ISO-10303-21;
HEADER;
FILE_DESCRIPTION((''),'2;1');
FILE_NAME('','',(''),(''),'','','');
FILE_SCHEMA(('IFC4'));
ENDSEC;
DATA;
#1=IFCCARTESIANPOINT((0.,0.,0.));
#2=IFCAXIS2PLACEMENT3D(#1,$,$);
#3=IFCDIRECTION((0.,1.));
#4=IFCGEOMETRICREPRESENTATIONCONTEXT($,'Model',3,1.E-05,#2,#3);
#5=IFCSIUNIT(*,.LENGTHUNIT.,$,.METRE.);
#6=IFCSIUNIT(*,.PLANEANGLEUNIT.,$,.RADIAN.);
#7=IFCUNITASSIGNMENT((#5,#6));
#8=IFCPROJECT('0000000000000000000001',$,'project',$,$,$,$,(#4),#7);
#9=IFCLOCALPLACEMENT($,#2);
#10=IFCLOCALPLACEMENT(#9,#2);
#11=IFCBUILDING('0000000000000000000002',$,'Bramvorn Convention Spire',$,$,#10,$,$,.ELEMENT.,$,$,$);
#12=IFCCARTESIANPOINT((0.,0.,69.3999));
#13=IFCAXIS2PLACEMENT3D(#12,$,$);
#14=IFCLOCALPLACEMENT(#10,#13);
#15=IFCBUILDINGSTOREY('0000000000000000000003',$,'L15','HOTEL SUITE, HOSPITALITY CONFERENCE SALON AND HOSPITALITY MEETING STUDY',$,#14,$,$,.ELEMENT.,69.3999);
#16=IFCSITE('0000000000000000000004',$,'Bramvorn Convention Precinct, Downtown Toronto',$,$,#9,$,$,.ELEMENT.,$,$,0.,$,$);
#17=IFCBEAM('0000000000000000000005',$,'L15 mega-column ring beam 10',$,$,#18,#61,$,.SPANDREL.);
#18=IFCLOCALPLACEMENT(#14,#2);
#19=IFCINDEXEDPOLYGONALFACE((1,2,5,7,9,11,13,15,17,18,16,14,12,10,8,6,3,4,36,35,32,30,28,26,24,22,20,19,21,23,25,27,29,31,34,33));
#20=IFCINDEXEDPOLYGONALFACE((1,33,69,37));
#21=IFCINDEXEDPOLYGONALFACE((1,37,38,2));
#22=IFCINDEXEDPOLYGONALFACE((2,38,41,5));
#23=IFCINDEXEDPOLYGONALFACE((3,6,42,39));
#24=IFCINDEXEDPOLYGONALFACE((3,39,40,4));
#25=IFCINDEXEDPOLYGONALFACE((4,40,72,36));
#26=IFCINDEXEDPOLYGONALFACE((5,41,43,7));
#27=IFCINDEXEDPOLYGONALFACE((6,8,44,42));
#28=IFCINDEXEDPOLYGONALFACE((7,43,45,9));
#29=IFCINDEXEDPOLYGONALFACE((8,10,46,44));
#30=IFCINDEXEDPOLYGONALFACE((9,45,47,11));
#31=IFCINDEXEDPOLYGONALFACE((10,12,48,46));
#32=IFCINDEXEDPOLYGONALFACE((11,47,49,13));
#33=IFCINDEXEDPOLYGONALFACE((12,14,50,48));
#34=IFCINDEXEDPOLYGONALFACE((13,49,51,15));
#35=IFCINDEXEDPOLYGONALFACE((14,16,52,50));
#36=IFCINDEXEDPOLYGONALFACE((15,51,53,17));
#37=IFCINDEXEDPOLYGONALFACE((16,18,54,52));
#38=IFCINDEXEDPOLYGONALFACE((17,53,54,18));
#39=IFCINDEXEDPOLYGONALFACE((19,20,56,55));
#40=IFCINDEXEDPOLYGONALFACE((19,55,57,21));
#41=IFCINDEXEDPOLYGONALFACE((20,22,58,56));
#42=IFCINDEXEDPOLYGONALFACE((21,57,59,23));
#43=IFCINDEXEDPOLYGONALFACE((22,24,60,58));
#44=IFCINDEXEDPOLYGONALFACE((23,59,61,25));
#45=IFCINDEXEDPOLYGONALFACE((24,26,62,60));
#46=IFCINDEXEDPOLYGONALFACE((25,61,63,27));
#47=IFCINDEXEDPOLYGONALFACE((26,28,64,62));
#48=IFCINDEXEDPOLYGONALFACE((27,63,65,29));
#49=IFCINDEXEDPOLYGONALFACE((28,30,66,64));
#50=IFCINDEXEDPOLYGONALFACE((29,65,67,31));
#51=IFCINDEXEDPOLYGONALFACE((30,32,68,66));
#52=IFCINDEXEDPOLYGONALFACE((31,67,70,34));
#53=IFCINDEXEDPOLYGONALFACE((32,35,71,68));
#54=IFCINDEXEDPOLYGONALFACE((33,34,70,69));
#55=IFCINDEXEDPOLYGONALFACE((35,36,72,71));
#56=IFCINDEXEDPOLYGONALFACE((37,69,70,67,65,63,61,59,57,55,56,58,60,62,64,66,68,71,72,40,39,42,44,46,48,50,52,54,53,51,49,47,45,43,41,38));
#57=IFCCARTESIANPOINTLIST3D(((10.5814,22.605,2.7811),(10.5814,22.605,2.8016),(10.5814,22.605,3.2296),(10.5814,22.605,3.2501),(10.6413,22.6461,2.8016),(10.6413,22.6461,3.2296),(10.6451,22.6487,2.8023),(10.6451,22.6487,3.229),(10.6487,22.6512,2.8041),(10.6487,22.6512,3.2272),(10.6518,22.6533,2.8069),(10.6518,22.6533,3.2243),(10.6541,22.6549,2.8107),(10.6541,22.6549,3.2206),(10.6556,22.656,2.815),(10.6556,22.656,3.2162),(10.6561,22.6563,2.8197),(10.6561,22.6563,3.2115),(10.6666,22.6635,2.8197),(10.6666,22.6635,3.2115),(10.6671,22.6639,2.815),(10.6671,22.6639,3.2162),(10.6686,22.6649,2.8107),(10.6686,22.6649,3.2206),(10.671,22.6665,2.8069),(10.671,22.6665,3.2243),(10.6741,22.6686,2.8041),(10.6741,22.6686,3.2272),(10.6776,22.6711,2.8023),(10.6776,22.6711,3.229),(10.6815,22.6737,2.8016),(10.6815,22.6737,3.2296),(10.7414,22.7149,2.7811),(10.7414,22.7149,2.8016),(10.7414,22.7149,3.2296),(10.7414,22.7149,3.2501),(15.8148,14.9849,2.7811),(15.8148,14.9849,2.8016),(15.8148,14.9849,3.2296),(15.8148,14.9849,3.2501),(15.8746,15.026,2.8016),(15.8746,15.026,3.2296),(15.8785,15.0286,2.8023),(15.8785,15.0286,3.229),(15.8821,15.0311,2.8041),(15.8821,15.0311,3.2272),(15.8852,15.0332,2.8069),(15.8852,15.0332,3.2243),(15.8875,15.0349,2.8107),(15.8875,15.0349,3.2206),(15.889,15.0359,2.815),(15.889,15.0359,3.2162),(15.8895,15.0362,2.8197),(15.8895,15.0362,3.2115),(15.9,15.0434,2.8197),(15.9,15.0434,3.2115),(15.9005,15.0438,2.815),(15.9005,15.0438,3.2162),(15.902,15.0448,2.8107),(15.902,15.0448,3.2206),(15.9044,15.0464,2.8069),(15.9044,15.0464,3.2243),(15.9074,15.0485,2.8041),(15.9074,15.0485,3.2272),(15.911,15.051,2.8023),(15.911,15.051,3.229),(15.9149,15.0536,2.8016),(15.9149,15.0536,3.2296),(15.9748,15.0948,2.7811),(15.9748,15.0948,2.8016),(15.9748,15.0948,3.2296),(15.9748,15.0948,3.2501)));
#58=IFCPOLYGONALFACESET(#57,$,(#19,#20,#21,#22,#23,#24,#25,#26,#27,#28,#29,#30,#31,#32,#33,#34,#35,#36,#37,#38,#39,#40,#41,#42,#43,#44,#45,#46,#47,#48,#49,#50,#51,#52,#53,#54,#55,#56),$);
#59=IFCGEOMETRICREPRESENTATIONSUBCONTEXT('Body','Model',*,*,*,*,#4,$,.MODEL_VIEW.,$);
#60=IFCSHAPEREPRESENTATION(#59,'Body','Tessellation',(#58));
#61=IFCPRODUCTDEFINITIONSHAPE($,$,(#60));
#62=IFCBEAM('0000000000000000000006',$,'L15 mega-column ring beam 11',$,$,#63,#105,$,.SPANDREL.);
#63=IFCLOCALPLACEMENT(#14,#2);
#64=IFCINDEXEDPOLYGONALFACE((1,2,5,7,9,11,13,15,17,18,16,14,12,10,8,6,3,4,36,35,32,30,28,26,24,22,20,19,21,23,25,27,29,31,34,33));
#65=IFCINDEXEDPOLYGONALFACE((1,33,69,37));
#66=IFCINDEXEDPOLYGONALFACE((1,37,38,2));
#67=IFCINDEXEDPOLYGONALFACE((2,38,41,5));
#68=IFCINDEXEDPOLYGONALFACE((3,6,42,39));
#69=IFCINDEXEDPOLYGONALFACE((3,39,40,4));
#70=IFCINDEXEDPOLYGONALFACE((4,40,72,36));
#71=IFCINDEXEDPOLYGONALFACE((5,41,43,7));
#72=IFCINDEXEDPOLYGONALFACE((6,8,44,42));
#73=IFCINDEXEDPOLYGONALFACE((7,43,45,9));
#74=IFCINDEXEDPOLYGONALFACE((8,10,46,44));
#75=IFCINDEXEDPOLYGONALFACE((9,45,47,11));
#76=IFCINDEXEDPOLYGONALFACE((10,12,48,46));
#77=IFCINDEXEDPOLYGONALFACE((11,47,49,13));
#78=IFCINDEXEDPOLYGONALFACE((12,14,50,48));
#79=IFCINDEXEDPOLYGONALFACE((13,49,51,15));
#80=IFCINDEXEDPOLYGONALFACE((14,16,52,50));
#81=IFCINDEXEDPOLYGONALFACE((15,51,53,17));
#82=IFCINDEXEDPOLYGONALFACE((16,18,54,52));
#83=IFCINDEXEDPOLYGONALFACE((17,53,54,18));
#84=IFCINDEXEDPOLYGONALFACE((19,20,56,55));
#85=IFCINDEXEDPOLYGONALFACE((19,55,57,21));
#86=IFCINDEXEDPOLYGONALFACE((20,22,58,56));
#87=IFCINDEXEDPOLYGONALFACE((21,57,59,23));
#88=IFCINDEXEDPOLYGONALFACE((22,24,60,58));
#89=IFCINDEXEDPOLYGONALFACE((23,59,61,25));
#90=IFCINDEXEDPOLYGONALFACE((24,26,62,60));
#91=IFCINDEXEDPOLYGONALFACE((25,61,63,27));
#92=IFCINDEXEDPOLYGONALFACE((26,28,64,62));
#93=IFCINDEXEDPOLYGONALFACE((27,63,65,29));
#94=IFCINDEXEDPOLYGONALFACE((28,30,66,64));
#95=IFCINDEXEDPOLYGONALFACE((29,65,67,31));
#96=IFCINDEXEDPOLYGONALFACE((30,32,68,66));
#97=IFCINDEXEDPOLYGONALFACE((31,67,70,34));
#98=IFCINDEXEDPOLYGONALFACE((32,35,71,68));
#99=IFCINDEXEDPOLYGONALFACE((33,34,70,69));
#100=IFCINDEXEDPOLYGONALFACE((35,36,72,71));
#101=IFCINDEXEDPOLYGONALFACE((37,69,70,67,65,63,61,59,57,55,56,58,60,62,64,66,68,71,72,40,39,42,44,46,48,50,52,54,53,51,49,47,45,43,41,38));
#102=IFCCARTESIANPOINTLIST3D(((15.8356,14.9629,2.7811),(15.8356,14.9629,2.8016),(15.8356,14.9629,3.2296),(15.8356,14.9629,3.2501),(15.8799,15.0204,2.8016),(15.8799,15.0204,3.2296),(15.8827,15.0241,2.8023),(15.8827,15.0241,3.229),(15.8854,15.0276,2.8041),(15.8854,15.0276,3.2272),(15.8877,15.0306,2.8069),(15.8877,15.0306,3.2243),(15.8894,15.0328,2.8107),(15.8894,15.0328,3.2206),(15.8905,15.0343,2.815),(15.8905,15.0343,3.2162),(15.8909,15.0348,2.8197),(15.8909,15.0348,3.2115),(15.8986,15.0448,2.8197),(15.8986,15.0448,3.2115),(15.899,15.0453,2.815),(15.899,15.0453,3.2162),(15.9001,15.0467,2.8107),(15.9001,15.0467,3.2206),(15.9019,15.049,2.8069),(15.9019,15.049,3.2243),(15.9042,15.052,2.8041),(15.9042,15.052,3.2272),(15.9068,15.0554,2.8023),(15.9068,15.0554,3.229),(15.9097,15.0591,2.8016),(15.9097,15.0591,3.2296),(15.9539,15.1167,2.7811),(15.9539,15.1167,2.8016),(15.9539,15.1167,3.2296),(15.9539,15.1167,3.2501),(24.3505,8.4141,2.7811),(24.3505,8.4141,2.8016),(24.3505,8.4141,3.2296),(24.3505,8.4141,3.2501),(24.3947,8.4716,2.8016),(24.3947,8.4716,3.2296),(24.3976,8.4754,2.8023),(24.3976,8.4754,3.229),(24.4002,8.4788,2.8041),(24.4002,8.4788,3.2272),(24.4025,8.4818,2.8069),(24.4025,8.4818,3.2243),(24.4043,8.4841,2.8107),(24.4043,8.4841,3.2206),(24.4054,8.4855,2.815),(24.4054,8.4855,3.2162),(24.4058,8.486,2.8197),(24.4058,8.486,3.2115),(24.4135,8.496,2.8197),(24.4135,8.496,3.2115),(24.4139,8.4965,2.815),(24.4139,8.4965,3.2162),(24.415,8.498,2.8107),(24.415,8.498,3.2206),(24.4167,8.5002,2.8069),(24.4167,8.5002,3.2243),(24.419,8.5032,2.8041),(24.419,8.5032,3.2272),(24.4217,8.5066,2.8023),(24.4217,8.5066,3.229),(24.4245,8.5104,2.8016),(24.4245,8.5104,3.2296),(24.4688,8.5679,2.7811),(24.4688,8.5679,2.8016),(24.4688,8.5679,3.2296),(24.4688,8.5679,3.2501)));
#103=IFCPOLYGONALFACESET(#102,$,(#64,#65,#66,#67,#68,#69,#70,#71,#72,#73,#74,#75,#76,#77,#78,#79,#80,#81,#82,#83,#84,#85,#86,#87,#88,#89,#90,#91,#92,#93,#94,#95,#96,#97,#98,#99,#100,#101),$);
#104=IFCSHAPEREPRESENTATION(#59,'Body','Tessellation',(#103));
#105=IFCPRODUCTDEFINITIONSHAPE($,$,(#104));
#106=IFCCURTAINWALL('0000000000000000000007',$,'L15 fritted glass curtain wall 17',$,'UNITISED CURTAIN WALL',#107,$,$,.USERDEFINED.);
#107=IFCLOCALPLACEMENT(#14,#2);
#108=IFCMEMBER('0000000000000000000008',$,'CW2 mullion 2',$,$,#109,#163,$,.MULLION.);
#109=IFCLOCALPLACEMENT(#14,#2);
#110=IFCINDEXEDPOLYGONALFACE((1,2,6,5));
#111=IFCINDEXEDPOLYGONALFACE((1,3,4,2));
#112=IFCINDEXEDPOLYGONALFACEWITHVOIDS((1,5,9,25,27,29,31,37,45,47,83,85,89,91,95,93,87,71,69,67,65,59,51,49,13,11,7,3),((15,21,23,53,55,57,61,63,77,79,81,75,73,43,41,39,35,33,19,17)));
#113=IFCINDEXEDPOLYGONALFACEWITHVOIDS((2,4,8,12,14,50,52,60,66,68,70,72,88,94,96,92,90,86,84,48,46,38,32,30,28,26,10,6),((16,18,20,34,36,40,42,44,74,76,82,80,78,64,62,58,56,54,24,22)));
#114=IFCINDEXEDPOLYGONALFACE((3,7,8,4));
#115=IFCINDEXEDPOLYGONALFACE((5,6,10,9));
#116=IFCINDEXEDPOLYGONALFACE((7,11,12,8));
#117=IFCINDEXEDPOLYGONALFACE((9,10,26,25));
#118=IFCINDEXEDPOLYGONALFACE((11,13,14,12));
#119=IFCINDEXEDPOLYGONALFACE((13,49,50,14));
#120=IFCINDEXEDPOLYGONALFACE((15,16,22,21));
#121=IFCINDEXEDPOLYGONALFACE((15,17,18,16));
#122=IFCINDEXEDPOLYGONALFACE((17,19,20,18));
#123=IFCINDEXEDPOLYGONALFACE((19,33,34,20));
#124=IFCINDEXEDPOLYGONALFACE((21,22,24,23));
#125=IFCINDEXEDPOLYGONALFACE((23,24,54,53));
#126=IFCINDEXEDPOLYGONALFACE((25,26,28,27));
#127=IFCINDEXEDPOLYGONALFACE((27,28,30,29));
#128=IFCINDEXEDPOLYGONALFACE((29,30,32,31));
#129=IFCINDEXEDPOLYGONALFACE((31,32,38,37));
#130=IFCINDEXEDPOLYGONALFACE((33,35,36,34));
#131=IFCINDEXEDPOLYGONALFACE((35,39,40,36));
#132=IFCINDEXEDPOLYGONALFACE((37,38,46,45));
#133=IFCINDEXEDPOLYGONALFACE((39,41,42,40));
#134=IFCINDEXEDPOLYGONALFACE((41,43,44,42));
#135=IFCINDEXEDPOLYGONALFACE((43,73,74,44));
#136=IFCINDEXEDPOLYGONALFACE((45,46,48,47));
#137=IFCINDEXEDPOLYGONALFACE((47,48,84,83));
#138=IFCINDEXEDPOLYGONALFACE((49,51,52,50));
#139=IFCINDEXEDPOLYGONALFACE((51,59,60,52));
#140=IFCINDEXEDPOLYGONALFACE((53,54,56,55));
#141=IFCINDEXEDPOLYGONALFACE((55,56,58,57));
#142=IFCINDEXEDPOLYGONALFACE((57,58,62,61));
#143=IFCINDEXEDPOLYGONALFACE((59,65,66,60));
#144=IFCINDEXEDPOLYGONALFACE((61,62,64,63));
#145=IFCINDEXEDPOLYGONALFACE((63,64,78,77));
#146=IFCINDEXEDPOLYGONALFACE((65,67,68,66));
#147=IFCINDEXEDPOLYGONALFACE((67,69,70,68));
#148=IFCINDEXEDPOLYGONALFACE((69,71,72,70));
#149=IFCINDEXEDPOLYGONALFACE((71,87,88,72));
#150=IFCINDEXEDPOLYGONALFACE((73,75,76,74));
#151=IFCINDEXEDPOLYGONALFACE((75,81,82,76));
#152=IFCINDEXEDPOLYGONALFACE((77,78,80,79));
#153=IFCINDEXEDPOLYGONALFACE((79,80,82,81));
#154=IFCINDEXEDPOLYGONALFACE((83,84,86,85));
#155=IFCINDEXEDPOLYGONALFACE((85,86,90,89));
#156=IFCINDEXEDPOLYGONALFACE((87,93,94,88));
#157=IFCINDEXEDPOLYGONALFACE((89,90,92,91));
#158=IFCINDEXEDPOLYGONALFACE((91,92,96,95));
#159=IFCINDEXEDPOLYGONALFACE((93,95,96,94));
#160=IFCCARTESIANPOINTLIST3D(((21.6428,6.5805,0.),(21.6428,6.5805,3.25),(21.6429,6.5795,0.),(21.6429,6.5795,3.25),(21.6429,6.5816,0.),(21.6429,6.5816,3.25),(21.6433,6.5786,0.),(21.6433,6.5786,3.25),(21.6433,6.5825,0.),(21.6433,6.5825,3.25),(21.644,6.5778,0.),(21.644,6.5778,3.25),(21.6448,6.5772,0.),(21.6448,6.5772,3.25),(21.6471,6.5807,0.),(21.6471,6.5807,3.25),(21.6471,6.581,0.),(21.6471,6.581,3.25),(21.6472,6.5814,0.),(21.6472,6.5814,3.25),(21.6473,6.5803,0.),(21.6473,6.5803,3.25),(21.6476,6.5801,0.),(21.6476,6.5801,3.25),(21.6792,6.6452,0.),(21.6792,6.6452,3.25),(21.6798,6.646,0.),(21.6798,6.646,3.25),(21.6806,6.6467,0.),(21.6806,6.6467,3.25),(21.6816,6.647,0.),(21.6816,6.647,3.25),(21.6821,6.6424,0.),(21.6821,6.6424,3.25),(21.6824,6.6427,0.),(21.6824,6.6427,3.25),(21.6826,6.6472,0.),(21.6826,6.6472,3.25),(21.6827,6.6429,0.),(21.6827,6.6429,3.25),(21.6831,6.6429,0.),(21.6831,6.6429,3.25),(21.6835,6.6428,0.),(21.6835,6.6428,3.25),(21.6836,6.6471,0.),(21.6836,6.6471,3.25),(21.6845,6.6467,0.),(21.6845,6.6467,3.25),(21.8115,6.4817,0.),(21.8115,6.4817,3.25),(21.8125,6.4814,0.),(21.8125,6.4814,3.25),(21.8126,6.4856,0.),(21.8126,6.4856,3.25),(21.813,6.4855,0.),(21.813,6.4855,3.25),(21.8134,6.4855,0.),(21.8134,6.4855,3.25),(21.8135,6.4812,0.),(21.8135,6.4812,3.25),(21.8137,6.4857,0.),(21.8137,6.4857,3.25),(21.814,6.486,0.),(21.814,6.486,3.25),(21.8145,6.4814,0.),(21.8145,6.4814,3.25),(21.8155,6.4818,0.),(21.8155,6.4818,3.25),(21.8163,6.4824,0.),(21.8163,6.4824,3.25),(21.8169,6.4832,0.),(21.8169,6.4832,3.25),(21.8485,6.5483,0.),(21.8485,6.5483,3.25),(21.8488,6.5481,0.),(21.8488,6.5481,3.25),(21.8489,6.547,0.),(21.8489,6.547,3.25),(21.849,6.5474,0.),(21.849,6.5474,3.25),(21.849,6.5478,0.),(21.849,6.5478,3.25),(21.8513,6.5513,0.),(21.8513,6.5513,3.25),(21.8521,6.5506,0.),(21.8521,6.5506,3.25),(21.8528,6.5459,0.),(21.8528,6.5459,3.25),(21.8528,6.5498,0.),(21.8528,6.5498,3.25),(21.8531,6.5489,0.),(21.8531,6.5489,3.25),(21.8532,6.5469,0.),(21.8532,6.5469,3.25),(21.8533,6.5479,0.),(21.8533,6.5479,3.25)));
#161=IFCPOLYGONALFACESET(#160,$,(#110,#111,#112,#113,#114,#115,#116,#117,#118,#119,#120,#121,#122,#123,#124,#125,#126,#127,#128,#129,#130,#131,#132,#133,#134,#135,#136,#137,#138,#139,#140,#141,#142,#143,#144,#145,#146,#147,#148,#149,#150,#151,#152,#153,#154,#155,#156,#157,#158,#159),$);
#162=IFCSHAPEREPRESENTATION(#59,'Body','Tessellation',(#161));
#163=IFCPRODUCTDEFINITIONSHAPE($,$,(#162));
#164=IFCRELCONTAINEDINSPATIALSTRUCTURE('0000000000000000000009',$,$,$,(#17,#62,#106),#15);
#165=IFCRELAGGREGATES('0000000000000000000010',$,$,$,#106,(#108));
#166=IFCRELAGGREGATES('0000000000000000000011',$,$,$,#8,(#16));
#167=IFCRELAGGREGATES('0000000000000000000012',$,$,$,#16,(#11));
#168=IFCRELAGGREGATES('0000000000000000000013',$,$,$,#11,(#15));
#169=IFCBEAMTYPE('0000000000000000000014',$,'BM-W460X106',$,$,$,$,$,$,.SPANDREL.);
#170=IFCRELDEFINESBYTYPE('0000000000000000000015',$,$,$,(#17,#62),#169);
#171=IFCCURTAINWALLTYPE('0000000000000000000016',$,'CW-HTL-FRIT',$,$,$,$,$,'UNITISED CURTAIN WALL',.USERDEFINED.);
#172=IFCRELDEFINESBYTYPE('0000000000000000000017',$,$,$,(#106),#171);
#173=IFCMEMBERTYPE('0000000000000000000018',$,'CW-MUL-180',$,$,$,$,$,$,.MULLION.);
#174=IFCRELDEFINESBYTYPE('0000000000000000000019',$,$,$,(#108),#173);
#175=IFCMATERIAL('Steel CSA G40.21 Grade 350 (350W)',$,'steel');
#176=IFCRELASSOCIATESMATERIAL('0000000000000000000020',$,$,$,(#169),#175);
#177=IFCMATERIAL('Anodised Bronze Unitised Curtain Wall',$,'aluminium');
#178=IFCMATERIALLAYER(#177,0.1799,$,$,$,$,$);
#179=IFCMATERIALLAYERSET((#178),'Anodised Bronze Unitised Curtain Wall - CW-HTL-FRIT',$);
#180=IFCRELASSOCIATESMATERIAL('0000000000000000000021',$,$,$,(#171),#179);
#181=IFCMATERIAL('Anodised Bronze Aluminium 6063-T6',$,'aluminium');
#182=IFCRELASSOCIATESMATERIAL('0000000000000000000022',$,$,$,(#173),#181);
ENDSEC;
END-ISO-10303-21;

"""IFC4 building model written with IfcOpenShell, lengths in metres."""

from ifc_helpers import new_model, si_unit, direction, frame, origin, origin_2d, place, context, subcontext, project, spatial, hollow_rectangle, i_section, extrude, material, layer, layer_set, material_profile, profile_set, type_object, element, aggregate, save


model = new_model("IFC4")

# Units and contexts
model_context = context("Model", 3, precision=1e-05, world=origin(), true_north=direction((0.0, 1.0)))
body_context = subcontext(model_context, "Body", "Model", "MODEL_VIEW")
ifc_project = project(units=[si_unit("LENGTHUNIT", "METRE"), si_unit("PLANEANGLEUNIT", "RADIAN")], contexts=[model_context])

# Site, building, storey
site_placement = place(None, origin())
site = spatial("IfcSite", under=ifc_project, at=site_placement, Name="Bramvorn Convention Precinct, Downtown Toronto", CompositionType="ELEMENT", RefElevation=0.0)
building_placement = place(site_placement, origin())
building = spatial("IfcBuilding", under=site, at=building_placement, Name="Bramvorn Convention Spire", CompositionType="ELEMENT")
storey_placement = place(building_placement, frame((0.0, 0.0, 69.3999)))
storey = spatial("IfcBuildingStorey", under=building, at=storey_placement, Name="L15", Description="HOTEL SUITE, HOSPITALITY CONFERENCE SALON AND HOSPITALITY MEETING STUDY", CompositionType="ELEMENT", Elevation=69.3999)

# Shared definitions
ifc_material_1 = material(Name="Steel CSA G40.21 Grade 350 (350W)", Category="steel")

# Beams
ifc_material_profile_1 = material_profile(ifc_material_1, i_section(OverallWidth=0.1941, OverallDepth=0.469, WebThickness=0.0127, FlangeThickness=0.0205, FilletRadius=0.0181, at=origin_2d()))
ifc_profile_set_1 = profile_set([ifc_material_profile_1], Name="Steel CSA G40.21 Grade 350 (350W) - W460X106")
beam_type_1 = type_object("IfcBeamType", Name="BM-W460X106", PredefinedType="SPANDREL", material=ifc_profile_set_1)
beam_1_placement = place(storey_placement, frame((10.6614, 22.6599, 3.0156), z_axis=(0.56613, -0.824316, 0.0), x_axis=(0.824316, 0.56613, 0.0)))
element("IfcBeam", 1, at=beam_1_placement, inside=storey, type_object=beam_type_1, Name="L15 mega-column ring beam 10", PredefinedType="SPANDREL", context=body_context, shape_type="SweptSolid", body=[
    extrude(i_section(OverallWidth=0.1941, OverallDepth=0.469, WebThickness=0.0127, FlangeThickness=0.0205, FilletRadius=0.0181, at=origin_2d()), origin(), (0.0, 0.0, 1.0), 9.2441),
])
beam_2_placement = place(storey_placement, frame((15.8948, 15.0398, 3.0156), z_axis=(0.792673, -0.609647, 0.0), x_axis=(0.609647, 0.792673, 0.0)))
element("IfcBeam", 2, at=beam_2_placement, inside=storey, type_object=beam_type_1, Name="L15 mega-column ring beam 11", PredefinedType="SPANDREL", context=body_context, shape_type="SweptSolid", body=[
    extrude(i_section(OverallWidth=0.1941, OverallDepth=0.469, WebThickness=0.0127, FlangeThickness=0.0205, FilletRadius=0.0181, at=origin_2d()), origin(), (0.0, 0.0, 1.0), 10.7419),
])

# Curtain wall, member
ifc_material_2 = material(Name="Anodised Bronze Unitised Curtain Wall", Category="aluminium")
ifc_layer_1 = layer(ifc_material_2, 0.1799)
ifc_layer_set_1 = layer_set([ifc_layer_1], Name="Anodised Bronze Unitised Curtain Wall - CW-HTL-FRIT")
curtain_wall_type = type_object("IfcCurtainWallType", Name="CW-HTL-FRIT", ElementType="UNITISED CURTAIN WALL", PredefinedType="USERDEFINED", material=ifc_layer_set_1)
curtain_wall_placement = place(storey_placement, origin())
curtain_wall = element("IfcCurtainWall", 3, at=curtain_wall_placement, inside=storey, type_object=curtain_wall_type, Name="L15 fritted glass curtain wall 17", ObjectType="UNITISED CURTAIN WALL", PredefinedType="USERDEFINED")
ifc_material_3 = material(Name="Anodised Bronze Aluminium 6063-T6", Category="aluminium")
ifc_material_profile_2 = material_profile(ifc_material_3, hollow_rectangle(XDim=0.0801, YDim=0.2, WallThickness=0.0039, InnerFilletRadius=0.001, OuterFilletRadius=0.0039, at=origin_2d()))
ifc_profile_set_2 = profile_set([ifc_material_profile_2], Name="Anodised Bronze Aluminium 6063-T6 - CWM80X200")
member_type_1 = type_object("IfcMemberType", Name="CW-MUL-180", PredefinedType="MULLION", material=ifc_profile_set_2)
member_1_placement = place(storey_placement, frame((21.748, 6.5642, 0.0), z_axis=(0.0, 0.0, 1.0), x_axis=(-0.496598, -0.867981, 0.0)))
member_1 = element("IfcMember", 4, at=member_1_placement, type_object=member_type_1, Name="CW2 mullion 2", PredefinedType="MULLION", context=body_context, shape_type="SweptSolid", body=[
    extrude(hollow_rectangle(XDim=0.0801, YDim=0.2, WallThickness=0.0039, InnerFilletRadius=0.001, OuterFilletRadius=0.0039, at=origin_2d()), origin(), (0.0, 0.0, 1.0), 3.25),
])

aggregate(curtain_wall, [member_1])

save(model, "model.ifc")
